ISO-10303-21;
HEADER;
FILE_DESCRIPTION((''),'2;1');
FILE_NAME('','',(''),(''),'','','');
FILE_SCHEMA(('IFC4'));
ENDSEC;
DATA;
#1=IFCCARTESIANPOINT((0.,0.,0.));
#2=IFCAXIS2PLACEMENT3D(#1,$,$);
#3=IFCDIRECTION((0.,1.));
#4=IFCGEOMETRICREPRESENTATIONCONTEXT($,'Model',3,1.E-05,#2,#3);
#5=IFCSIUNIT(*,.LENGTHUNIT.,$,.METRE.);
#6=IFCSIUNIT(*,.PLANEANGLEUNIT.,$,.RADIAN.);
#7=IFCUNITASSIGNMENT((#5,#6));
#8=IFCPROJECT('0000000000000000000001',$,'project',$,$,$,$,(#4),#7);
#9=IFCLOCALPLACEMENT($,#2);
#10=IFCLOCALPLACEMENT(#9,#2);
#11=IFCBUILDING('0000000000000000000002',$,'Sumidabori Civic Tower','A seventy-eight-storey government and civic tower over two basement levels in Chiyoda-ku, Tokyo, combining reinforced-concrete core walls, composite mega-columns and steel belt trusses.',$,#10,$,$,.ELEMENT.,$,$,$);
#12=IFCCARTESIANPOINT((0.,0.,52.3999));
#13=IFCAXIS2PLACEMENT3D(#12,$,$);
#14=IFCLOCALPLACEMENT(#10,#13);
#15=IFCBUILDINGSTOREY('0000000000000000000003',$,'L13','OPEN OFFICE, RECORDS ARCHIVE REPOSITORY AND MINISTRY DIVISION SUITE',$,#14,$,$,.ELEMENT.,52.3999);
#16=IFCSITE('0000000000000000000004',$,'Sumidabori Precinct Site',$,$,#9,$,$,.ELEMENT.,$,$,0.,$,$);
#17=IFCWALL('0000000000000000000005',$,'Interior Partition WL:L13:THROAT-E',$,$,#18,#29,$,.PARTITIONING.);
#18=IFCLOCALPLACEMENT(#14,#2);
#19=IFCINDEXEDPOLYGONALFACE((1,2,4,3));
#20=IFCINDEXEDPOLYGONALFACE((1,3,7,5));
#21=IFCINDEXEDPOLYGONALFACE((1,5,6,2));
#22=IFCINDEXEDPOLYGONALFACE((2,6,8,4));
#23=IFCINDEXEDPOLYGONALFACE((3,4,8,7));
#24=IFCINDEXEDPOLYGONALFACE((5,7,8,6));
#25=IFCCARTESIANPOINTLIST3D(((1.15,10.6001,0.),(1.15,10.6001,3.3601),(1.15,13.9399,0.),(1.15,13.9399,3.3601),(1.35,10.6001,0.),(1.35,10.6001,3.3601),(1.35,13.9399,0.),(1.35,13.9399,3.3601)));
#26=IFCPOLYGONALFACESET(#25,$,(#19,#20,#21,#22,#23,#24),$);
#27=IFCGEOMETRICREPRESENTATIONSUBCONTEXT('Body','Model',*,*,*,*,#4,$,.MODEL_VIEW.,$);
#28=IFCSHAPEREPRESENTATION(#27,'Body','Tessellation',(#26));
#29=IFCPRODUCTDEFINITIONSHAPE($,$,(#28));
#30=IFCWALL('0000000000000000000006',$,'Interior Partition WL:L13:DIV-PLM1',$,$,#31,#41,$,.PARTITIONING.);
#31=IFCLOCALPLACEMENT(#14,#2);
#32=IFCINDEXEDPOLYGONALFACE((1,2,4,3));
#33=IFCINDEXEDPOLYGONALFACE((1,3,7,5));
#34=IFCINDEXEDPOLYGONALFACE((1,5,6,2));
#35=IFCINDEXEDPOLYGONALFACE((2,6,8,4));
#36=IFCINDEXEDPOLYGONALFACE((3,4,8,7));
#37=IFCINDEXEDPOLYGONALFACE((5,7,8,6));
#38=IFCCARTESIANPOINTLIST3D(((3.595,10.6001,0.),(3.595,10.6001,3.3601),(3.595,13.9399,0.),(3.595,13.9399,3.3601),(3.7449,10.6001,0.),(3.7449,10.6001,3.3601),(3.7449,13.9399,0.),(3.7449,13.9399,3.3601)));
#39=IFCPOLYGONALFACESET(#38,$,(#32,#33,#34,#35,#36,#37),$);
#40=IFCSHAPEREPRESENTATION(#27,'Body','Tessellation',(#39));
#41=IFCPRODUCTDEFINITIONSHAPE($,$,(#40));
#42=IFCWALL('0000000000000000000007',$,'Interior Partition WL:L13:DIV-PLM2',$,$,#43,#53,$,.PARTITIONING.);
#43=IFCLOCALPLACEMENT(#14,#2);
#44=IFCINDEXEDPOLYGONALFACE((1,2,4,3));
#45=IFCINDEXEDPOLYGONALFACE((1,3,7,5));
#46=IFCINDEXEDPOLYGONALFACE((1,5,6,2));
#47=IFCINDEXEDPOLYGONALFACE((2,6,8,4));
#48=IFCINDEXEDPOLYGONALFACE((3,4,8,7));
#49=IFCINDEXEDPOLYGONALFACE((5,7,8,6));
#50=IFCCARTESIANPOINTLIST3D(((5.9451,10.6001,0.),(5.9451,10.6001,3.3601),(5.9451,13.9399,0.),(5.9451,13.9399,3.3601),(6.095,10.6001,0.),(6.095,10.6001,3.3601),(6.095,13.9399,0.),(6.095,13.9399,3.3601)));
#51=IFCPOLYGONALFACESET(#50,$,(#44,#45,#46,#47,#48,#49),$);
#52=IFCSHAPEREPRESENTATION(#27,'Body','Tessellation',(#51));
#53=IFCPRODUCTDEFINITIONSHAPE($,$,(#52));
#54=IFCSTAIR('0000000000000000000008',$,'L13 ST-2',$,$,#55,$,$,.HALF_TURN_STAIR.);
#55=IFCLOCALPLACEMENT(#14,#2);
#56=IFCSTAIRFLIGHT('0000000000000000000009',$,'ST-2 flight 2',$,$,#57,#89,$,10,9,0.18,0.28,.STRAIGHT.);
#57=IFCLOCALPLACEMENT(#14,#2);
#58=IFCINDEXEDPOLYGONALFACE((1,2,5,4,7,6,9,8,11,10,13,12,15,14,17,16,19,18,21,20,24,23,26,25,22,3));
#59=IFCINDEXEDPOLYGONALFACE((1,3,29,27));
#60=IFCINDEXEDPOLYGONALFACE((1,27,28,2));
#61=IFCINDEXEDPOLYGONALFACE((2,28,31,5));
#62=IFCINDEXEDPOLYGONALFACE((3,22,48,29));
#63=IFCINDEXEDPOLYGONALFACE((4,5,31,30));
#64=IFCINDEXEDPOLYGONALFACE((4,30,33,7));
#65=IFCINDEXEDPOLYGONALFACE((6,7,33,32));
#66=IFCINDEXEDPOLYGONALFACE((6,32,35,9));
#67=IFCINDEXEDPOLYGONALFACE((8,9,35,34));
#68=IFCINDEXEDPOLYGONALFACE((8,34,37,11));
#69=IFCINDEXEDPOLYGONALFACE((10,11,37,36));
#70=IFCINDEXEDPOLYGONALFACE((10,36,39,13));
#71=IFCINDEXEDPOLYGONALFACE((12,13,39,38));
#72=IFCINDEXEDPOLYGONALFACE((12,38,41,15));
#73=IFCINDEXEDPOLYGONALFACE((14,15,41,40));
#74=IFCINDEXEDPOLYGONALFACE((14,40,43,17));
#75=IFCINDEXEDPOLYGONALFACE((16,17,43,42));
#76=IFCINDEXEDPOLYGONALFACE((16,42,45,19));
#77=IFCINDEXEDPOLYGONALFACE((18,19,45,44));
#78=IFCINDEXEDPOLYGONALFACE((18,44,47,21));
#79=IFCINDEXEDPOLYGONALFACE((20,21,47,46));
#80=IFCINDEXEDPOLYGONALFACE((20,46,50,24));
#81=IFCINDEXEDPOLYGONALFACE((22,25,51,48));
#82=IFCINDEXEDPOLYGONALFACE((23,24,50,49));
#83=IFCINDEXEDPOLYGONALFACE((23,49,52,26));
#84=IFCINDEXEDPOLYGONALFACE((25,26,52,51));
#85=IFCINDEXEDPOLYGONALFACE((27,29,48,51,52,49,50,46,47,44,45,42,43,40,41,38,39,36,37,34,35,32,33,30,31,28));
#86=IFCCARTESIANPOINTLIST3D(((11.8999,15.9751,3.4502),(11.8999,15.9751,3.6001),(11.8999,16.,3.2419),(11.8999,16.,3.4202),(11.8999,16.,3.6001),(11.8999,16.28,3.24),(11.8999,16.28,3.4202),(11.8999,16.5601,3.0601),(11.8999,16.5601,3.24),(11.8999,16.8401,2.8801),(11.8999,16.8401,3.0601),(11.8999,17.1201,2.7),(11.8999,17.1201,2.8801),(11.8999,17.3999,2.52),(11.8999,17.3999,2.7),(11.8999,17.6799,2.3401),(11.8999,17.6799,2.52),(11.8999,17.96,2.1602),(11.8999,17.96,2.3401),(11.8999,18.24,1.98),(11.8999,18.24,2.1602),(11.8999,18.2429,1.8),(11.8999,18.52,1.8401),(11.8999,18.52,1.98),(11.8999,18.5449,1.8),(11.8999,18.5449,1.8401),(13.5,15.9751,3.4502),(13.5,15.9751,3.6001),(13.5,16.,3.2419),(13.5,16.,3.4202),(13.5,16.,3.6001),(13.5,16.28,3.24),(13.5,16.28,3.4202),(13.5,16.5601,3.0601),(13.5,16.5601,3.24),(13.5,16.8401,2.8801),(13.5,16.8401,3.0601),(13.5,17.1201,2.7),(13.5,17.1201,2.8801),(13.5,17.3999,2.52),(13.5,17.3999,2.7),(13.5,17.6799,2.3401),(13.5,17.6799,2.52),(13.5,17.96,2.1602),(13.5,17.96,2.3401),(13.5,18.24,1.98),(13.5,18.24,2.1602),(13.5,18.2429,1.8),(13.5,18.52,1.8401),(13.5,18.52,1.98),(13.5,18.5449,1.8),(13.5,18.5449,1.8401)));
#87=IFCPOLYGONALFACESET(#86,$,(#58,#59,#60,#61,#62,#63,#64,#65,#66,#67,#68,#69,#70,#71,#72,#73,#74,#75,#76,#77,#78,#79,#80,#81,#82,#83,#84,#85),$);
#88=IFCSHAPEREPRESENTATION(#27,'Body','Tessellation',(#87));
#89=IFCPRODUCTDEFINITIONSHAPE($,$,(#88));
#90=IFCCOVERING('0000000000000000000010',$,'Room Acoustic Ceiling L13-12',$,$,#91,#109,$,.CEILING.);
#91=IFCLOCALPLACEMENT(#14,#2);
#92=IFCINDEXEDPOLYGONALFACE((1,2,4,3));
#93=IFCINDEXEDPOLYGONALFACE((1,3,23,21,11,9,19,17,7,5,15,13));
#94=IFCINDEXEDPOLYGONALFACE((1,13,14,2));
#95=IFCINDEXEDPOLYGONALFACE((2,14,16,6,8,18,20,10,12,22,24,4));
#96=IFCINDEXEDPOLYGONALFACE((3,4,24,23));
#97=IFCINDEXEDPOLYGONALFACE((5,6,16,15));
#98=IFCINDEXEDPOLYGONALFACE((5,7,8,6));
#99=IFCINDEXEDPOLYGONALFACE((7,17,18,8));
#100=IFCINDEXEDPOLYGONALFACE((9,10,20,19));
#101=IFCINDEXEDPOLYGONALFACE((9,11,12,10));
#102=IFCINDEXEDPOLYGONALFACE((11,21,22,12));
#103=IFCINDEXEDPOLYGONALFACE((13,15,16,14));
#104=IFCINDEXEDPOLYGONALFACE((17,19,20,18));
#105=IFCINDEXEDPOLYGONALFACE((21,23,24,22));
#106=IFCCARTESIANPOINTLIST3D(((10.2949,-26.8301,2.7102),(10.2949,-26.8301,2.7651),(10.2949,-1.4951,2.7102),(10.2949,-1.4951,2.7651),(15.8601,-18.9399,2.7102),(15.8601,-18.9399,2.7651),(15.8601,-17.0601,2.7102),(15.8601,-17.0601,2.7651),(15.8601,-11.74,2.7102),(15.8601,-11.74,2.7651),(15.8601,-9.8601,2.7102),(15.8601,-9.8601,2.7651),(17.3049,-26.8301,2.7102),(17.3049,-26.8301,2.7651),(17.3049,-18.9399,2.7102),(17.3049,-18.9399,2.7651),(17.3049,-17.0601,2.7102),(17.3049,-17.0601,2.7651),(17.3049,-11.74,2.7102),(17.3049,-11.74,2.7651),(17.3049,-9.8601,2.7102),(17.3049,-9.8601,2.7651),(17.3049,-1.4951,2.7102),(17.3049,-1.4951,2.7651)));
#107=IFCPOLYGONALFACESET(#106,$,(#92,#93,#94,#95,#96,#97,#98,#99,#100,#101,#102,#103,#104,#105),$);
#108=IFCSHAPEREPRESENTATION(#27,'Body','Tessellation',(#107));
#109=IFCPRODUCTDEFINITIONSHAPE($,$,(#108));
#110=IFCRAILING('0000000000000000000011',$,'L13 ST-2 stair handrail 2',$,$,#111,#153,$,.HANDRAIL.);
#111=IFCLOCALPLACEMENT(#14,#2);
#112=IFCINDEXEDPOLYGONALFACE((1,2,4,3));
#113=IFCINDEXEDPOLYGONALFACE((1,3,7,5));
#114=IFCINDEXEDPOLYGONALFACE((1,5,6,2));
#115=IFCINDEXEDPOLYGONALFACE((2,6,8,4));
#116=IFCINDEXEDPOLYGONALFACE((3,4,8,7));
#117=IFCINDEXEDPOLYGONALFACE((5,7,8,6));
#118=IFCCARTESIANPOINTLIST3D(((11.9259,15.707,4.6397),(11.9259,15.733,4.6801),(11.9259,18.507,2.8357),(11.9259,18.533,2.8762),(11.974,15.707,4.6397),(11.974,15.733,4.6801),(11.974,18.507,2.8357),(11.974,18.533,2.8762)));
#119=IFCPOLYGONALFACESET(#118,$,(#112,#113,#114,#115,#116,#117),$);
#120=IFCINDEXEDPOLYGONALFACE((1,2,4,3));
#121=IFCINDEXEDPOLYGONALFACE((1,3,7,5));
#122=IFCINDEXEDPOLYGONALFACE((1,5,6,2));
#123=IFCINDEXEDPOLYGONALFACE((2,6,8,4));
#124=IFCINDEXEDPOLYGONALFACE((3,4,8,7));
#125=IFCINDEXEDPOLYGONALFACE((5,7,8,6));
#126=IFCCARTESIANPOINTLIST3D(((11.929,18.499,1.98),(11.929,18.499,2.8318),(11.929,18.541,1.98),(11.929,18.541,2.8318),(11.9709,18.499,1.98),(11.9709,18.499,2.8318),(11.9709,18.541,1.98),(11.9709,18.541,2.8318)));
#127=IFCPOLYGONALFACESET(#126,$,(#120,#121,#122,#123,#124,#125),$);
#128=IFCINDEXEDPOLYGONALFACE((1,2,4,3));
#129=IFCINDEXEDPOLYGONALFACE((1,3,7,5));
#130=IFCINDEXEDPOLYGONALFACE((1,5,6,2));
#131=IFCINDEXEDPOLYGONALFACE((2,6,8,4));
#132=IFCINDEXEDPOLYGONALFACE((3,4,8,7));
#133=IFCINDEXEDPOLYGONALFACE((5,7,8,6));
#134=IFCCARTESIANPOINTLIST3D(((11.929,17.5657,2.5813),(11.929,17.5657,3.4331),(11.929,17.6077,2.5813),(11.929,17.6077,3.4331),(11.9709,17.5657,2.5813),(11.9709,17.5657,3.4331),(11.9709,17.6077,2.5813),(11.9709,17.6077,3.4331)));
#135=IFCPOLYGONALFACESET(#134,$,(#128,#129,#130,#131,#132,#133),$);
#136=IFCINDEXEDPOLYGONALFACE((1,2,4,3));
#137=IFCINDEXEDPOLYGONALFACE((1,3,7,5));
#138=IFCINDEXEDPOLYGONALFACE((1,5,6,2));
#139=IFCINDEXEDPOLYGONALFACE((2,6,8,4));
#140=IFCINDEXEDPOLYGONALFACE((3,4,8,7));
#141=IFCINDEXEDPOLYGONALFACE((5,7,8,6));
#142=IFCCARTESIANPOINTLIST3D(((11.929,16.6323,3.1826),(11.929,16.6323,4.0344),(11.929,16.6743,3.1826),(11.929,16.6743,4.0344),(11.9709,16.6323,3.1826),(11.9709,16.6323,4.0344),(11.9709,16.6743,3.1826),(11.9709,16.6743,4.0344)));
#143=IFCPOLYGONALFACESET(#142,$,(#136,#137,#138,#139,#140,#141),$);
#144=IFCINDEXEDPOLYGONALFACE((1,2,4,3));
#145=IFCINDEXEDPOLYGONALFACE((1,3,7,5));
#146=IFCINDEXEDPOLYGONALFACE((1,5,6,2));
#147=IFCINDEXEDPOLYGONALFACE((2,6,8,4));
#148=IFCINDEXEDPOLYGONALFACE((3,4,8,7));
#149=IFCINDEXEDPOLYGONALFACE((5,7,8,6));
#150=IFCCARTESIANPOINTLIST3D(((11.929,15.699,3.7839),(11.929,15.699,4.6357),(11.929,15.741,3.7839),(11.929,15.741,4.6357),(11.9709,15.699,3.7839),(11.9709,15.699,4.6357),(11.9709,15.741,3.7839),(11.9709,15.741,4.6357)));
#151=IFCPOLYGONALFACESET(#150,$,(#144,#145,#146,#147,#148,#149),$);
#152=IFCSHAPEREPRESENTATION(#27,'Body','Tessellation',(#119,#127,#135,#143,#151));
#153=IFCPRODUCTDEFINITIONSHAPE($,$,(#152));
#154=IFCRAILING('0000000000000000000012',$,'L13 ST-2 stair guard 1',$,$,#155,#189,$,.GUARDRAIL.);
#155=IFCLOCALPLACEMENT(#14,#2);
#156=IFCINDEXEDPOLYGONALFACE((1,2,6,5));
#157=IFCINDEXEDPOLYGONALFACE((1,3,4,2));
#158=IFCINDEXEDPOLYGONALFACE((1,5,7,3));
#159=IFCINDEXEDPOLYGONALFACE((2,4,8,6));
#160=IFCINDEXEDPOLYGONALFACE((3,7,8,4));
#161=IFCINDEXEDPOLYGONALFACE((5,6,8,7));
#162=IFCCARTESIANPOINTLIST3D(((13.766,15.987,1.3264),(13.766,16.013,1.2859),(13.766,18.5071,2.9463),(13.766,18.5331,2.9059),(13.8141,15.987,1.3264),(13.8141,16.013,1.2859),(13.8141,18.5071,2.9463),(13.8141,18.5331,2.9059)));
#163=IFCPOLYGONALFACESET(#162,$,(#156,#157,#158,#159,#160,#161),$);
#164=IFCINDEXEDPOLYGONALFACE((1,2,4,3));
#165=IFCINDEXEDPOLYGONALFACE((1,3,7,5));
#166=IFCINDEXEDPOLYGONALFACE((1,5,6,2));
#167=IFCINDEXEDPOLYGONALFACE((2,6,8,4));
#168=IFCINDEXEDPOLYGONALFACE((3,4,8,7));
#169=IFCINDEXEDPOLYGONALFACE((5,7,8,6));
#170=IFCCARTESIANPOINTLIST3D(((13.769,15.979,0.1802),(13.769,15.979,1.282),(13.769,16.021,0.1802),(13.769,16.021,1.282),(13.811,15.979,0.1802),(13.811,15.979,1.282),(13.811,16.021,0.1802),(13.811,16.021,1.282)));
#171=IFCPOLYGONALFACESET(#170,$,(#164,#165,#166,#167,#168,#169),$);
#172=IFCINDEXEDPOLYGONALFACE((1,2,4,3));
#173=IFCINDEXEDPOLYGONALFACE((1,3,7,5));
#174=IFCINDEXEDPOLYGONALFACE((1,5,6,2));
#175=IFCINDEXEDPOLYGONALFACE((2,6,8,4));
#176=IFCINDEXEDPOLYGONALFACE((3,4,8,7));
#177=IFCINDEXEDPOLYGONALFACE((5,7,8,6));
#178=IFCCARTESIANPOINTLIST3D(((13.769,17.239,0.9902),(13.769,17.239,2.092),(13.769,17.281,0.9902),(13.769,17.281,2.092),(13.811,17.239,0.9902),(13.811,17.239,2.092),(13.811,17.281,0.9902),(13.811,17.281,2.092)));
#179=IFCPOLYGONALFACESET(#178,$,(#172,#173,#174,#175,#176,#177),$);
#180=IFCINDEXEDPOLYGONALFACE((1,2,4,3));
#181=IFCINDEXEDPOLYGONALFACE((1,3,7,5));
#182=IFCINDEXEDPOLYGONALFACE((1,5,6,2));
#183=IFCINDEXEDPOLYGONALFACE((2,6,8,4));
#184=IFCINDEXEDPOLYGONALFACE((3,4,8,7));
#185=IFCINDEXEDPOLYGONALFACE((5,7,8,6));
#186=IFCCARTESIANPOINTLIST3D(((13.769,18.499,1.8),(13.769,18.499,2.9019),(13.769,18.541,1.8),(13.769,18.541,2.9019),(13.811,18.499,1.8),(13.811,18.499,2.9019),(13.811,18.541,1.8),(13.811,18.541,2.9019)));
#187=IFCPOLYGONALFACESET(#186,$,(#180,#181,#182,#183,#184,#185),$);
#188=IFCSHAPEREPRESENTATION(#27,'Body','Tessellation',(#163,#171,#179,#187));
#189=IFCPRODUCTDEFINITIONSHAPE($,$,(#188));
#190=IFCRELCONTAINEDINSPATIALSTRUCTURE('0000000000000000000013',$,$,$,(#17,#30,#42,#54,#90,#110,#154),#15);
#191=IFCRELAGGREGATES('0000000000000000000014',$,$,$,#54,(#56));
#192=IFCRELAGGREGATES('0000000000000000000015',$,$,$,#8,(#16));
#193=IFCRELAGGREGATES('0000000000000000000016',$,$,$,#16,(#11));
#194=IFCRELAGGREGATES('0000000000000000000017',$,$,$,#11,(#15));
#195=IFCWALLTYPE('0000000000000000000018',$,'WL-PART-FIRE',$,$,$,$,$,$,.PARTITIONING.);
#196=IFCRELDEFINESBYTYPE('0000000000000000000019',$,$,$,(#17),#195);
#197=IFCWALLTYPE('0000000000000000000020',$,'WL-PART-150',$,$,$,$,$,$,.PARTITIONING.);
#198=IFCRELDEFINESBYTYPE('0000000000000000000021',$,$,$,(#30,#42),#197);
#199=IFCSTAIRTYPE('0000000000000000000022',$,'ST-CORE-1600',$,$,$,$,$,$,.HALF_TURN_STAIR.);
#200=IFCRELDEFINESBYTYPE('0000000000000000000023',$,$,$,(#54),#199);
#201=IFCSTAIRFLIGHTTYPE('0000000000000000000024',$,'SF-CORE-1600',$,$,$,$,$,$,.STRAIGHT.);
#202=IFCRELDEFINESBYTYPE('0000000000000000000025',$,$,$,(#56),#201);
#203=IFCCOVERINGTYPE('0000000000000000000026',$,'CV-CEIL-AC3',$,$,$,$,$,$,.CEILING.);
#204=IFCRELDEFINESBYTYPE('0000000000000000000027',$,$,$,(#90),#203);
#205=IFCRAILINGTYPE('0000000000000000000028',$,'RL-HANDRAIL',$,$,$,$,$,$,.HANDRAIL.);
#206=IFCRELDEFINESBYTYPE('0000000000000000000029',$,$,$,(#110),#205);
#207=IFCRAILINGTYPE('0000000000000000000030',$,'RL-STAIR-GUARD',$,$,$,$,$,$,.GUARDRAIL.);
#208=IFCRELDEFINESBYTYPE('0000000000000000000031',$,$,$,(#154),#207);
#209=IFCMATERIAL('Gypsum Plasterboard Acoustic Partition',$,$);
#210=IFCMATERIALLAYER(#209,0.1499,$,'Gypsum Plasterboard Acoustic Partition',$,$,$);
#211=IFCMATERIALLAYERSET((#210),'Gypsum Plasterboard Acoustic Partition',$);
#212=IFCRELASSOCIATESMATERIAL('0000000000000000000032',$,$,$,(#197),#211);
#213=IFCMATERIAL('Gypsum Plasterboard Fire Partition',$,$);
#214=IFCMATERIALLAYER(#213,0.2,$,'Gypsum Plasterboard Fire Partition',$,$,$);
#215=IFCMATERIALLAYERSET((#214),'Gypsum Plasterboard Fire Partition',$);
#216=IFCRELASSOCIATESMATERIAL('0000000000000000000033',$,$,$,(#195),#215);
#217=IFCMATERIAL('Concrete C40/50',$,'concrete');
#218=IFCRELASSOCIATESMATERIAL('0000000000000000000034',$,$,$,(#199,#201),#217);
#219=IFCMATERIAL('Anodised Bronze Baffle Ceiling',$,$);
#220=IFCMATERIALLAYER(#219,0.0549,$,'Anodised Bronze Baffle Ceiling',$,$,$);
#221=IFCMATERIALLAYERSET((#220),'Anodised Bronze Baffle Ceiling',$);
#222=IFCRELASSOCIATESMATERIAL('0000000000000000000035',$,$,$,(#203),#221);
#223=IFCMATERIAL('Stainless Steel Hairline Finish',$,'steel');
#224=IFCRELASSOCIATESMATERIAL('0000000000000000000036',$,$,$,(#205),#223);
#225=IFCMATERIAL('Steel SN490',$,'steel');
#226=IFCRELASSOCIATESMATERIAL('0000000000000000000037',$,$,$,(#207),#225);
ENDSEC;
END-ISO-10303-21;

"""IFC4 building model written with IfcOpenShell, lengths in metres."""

from ifc_helpers import new_model, si_unit, direction, frame, frame_2d, origin, origin_2d, place, context, subcontext, project, spatial, polyline, rectangle, outline, extrude, source, transform, mapped, material, layer, layer_set, type_object, element, aggregate, save


model = new_model("IFC4")

# Units and contexts
model_context = context("Model", 3, precision=1e-05, world=origin(), true_north=direction((0.0, 1.0)))
body_context = subcontext(model_context, "Body", "Model", "MODEL_VIEW")
ifc_project = project(units=[si_unit("LENGTHUNIT", "METRE"), si_unit("PLANEANGLEUNIT", "RADIAN")], contexts=[model_context])

# Site, building, storey
site_placement = place(None, origin())
site = spatial("IfcSite", under=ifc_project, at=site_placement, Name="Sumidabori Precinct Site", CompositionType="ELEMENT", RefElevation=0.0)
building_placement = place(site_placement, origin())
building = spatial("IfcBuilding", under=site, at=building_placement, Name="Sumidabori Civic Tower", Description="A seventy-eight-storey government and civic tower over two basement levels in Chiyoda-ku, Tokyo, combining reinforced-concrete core walls, composite mega-columns and steel belt trusses.", CompositionType="ELEMENT")
storey_placement = place(building_placement, frame((0.0, 0.0, 52.3999)))
storey = spatial("IfcBuildingStorey", under=building, at=storey_placement, Name="L13", Description="OPEN OFFICE, RECORDS ARCHIVE REPOSITORY AND MINISTRY DIVISION SUITE", CompositionType="ELEMENT", Elevation=52.3999)

# Shared definitions
ifc_material_1 = material(Name="Steel SN490", Category="steel")

# Shared definitions
ifc_material_2 = material(Name="Stainless Steel Hairline Finish", Category="steel")

# Walls
ifc_material_3 = material(Name="Gypsum Plasterboard Acoustic Partition")
ifc_layer_1 = layer(ifc_material_3, 0.1499, Name="Gypsum Plasterboard Acoustic Partition")
ifc_layer_set_1 = layer_set([ifc_layer_1], Name="Gypsum Plasterboard Acoustic Partition")
wall_type_1 = type_object("IfcWallType", Name="WL-PART-150", PredefinedType="PARTITIONING", material=ifc_layer_set_1)
ifc_material_4 = material(Name="Gypsum Plasterboard Fire Partition")
ifc_layer_2 = layer(ifc_material_4, 0.2, Name="Gypsum Plasterboard Fire Partition")
ifc_layer_set_2 = layer_set([ifc_layer_2], Name="Gypsum Plasterboard Fire Partition")
wall_type_2 = type_object("IfcWallType", Name="WL-PART-FIRE", PredefinedType="PARTITIONING", material=ifc_layer_set_2)
shared_shape_1 = source(origin(), body_context, "Body", "SweptSolid", [
    extrude(rectangle(XDim=3.3398, YDim=0.2, at=frame_2d((1.6699, 0.0))), origin(), (0.0, 0.0, 1.0), 3.3601),
])
wall_1_placement = place(storey_placement, frame((1.25, 10.6001, 0.0), z_axis=(0.0, 0.0, 1.0), x_axis=(0.0, 1.0, 0.0)))
element("IfcWall", 1, at=wall_1_placement, inside=storey, type_object=wall_type_2, Name="Interior Partition WL:L13:THROAT-E", PredefinedType="PARTITIONING", context=body_context, shape_type="MappedRepresentation", body=[
    mapped(shared_shape_1, transform((0.0, 0.0, 0.0), x_axis=(1.0, 0.0, 0.0), y_axis=(0.0, 1.0, 0.0), z_axis=(0.0, 0.0, 1.0), scale=1.0)),
])
shared_shape_2 = source(origin(), body_context, "Body", "SweptSolid", [
    extrude(rectangle(XDim=3.3398, YDim=0.1499, at=frame_2d((1.6699, 0.0))), origin(), (0.0, 0.0, 1.0), 3.3601),
])
for number, where, z_axis, x_axis, name in (
    (2, (3.6699, 10.6001, 0.0), (0.0, 0.0, 1.0), (0.0, 1.0, 0.0), "Interior Partition WL:L13:DIV-PLM1"),
    (3, (6.02, 10.6001, 0.0), (0.0, 0.0, 1.0), (0.0, 1.0, 0.0), "Interior Partition WL:L13:DIV-PLM2"),
):
    element("IfcWall", number, at=place(storey_placement, frame(where, z_axis=z_axis, x_axis=x_axis)), inside=storey, type_object=wall_type_1, Name=name, PredefinedType="PARTITIONING", context=body_context, shape_type="MappedRepresentation", body=[
        mapped(shared_shape_2, transform((0.0, 0.0, 0.0), x_axis=(1.0, 0.0, 0.0), y_axis=(0.0, 1.0, 0.0), z_axis=(0.0, 0.0, 1.0), scale=1.0)),
    ])

# Stair, stair flight
ifc_material_5 = material(Name="Concrete C40/50", Category="concrete")
stair_type = type_object("IfcStairType", Name="ST-CORE-1600", PredefinedType="HALF_TURN_STAIR", material=ifc_material_5)
stair_placement = place(storey_placement, origin())
stair = element("IfcStair", 4, at=stair_placement, inside=storey, type_object=stair_type, Name="L13 ST-2", PredefinedType="HALF_TURN_STAIR")
stair_flight_type = type_object("IfcStairFlightType", Name="SF-CORE-1600", PredefinedType="STRAIGHT", material=ifc_material_5)
shared_shape_3 = source(origin(), body_context, "Body", "SweptSolid", [
    extrude(outline(polyline([(-0.0249, 0.0), (-0.0249, 0.04), (0.0, 0.04), (0.0, 0.1799), (0.28, 0.1799), (0.28, 0.3601), (0.5601, 0.3601), (0.5601, 0.54), (0.8401, 0.54), (0.8401, 0.72), (1.1201, 0.72), (1.1201, 0.8999), (1.3999, 0.8999), (1.3999, 1.0801), (1.6799, 1.0801), (1.6799, 1.26), (1.96, 1.26), (1.96, 1.4399), (2.24, 1.4399), (2.24, 1.6201), (2.52, 1.6201), (2.52, 1.8), (2.5449, 1.8), (2.5449, 1.6501), (2.52, 1.4419), (0.2771, 0.0), (-0.0249, 0.0)])), frame((0.0, 0.8, 0.0), z_axis=(0.0, -1.0, 0.0), x_axis=(1.0, 0.0, 0.0)), (0.0, 0.0, 1.0), 1.6001),
])
stair_flight_placement = place(storey_placement, frame((12.7, 18.52, 1.8), z_axis=(0.0, 0.0, 1.0), x_axis=(0.0, -1.0, 0.0)))
stair_flight = element("IfcStairFlight", 5, at=stair_flight_placement, type_object=stair_flight_type, Name="ST-2 flight 2", NumberOfRisers=10, NumberOfTreads=9, PredefinedType="STRAIGHT", RiserHeight=0.18, TreadLength=0.28, context=body_context, shape_type="MappedRepresentation", body=[
    mapped(shared_shape_3, transform((0.0, 0.0, 0.0), x_axis=(1.0, 0.0, 0.0), y_axis=(0.0, 1.0, 0.0), z_axis=(0.0, 0.0, 1.0), scale=1.0)),
])
aggregate(stair, [stair_flight])

# Covering
ifc_material_6 = material(Name="Anodised Bronze Baffle Ceiling")
ifc_layer_3 = layer(ifc_material_6, 0.0549, Name="Anodised Bronze Baffle Ceiling")
ifc_layer_set_3 = layer_set([ifc_layer_3], Name="Anodised Bronze Baffle Ceiling")
covering_type = type_object("IfcCoveringType", Name="CV-CEIL-AC3", PredefinedType="CEILING", material=ifc_layer_set_3)
covering_placement = place(storey_placement, frame((0.0, 0.0, 2.7102)))
element("IfcCovering", 6, at=covering_placement, inside=storey, type_object=covering_type, Name="Room Acoustic Ceiling L13-12", PredefinedType="CEILING", context=body_context, shape_type="SweptSolid", body=[
    extrude(outline(polyline([(17.3049, -9.8601), (15.8601, -9.8601), (15.8601, -11.74), (17.3049, -11.74), (17.3049, -17.0601), (15.8601, -17.0601), (15.8601, -18.9399), (17.3049, -18.9399), (17.3049, -26.8301), (10.2949, -26.8301), (10.2949, -1.4951), (17.3049, -1.4951), (17.3049, -9.8601)])), origin(), (0.0, 0.0, 1.0), 0.0549),
])

# Railings
railing_type_1 = type_object("IfcRailingType", Name="RL-HANDRAIL", PredefinedType="HANDRAIL", material=ifc_material_2)
railing_1_placement = place(storey_placement, frame((11.95, 18.52, 1.98)))
element("IfcRailing", 7, at=railing_1_placement, inside=storey, type_object=railing_type_1, Name="L13 ST-2 stair handrail 2", PredefinedType="HANDRAIL", context=body_context, shape_type="SweptSolid", body=[
    extrude(rectangle(XDim=0.0481, YDim=0.0481, at=origin_2d()), frame((0.0, 0.0, 0.876), z_axis=(0.0, -0.840642, 0.541591), x_axis=(1.0, 0.0, 0.0)), (0.0, 0.0, 1.0), 3.3308),
    extrude(rectangle(XDim=0.042, YDim=0.042, at=origin_2d()), origin(), (0.0, 0.0, 1.0), 0.8518),
    extrude(rectangle(XDim=0.042, YDim=0.042, at=origin_2d()), frame((0.0, -0.9333, 0.6013)), (0.0, 0.0, 1.0), 0.8518),
    extrude(rectangle(XDim=0.042, YDim=0.042, at=origin_2d()), frame((0.0, -1.8667, 1.2026)), (0.0, 0.0, 1.0), 0.8518),
    extrude(rectangle(XDim=0.042, YDim=0.042, at=origin_2d()), frame((0.0, -2.8, 1.804)), (0.0, 0.0, 1.0), 0.8518),
])
railing_type_2 = type_object("IfcRailingType", Name="RL-STAIR-GUARD", PredefinedType="GUARDRAIL", material=ifc_material_1)
railing_2_placement = place(storey_placement, frame((13.79, 16.0, 0.1802)))
element("IfcRailing", 8, at=railing_2_placement, inside=storey, type_object=railing_type_2, Name="L13 ST-2 stair guard 1", PredefinedType="GUARDRAIL", context=body_context, shape_type="SweptSolid", body=[
    extrude(rectangle(XDim=0.0481, YDim=0.0481, at=origin_2d()), frame((0.0, 0.0, 1.126), z_axis=(0.0, 0.8412, 0.540725), x_axis=(-1.0, 0.0, 0.0)), (0.0, 0.0, 1.0), 2.9958),
    extrude(rectangle(XDim=0.042, YDim=0.042, at=origin_2d()), origin(), (0.0, 0.0, 1.0), 1.1018),
    extrude(rectangle(XDim=0.042, YDim=0.042, at=origin_2d()), frame((0.0, 1.26, 0.8101)), (0.0, 0.0, 1.0), 1.1018),
    extrude(rectangle(XDim=0.042, YDim=0.042, at=origin_2d()), frame((0.0, 2.52, 1.6199)), (0.0, 0.0, 1.0), 1.1018),
])

save(model, "model.ifc")
